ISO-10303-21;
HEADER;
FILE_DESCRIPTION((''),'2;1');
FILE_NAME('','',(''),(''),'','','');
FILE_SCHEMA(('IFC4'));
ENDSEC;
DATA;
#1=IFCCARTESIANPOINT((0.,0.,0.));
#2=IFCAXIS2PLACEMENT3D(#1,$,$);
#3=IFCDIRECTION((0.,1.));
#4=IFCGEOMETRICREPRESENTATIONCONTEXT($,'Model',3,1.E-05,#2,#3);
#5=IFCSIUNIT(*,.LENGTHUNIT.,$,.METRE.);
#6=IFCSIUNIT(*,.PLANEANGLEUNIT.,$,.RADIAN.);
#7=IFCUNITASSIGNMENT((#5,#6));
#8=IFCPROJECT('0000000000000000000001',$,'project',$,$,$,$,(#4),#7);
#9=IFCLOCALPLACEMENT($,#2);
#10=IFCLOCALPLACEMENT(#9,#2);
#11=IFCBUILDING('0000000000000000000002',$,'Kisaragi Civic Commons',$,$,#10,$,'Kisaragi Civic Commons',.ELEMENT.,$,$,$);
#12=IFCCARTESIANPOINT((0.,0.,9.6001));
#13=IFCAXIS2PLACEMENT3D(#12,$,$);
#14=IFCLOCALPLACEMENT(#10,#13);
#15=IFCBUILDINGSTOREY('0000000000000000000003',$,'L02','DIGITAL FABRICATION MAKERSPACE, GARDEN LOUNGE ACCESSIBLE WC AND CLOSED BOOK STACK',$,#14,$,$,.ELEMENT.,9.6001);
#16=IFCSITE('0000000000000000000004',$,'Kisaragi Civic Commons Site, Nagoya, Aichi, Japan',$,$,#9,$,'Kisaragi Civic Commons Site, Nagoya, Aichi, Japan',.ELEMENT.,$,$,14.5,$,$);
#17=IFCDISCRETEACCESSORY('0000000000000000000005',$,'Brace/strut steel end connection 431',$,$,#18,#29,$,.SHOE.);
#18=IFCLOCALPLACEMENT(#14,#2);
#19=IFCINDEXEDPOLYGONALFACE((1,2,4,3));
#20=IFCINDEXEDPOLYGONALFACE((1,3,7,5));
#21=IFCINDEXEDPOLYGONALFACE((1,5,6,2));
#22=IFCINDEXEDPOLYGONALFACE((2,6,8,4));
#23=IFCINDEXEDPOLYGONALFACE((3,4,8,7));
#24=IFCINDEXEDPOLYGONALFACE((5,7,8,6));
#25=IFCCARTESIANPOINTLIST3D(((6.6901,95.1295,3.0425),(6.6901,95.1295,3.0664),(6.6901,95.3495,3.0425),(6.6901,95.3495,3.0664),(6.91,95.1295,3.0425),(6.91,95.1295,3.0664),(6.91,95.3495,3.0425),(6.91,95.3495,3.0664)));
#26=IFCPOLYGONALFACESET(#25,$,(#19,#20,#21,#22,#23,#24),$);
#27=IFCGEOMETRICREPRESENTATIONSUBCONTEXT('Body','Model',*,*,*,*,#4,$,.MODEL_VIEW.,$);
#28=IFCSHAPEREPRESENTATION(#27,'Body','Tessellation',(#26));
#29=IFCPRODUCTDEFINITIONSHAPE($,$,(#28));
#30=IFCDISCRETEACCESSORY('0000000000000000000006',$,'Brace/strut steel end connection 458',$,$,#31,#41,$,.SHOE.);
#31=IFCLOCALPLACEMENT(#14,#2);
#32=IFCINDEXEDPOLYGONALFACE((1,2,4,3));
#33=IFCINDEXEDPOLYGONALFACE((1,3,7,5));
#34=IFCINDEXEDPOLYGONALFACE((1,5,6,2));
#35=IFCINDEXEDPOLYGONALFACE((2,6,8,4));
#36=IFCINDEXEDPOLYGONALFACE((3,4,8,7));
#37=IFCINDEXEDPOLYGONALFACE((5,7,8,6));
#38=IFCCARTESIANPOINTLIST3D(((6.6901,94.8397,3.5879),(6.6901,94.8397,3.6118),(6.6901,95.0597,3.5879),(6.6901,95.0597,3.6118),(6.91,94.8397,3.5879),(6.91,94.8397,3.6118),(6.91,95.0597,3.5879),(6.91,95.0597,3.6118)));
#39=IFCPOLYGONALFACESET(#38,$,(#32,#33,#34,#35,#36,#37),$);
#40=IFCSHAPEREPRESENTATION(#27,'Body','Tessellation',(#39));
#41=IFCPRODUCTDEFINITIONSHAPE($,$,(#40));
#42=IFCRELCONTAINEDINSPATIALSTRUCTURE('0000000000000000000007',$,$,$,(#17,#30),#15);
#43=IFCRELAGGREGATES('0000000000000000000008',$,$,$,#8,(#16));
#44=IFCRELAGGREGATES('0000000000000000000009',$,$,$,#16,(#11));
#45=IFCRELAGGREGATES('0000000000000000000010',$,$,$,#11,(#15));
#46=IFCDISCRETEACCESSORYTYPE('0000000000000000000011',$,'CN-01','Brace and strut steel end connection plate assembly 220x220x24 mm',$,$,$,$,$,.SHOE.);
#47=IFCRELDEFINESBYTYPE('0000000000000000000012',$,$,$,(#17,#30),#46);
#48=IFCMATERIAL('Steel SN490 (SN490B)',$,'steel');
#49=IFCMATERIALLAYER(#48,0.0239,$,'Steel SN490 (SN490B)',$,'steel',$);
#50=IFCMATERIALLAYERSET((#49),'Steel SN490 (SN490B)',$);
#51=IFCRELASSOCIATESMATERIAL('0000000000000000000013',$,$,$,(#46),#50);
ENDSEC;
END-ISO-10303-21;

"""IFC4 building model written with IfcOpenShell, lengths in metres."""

from ifc_helpers import new_model, si_unit, direction, frame, origin, origin_2d, place, context, subcontext, project, spatial, rectangle, extrude, material, layer, layer_set, type_object, element, save


model = new_model("IFC4")

# Units and contexts
model_context = context("Model", 3, precision=1e-05, world=origin(), true_north=direction((0.0, 1.0)))
body_context = subcontext(model_context, "Body", "Model", "MODEL_VIEW")
ifc_project = project(units=[si_unit("LENGTHUNIT", "METRE"), si_unit("PLANEANGLEUNIT", "RADIAN")], contexts=[model_context])

# Site, building, storey
site_placement = place(None, origin())
site = spatial("IfcSite", under=ifc_project, at=site_placement, Name="Kisaragi Civic Commons Site, Nagoya, Aichi, Japan", LongName="Kisaragi Civic Commons Site, Nagoya, Aichi, Japan", CompositionType="ELEMENT", RefElevation=14.5)
building_placement = place(site_placement, origin())
building = spatial("IfcBuilding", under=site, at=building_placement, Name="Kisaragi Civic Commons", LongName="Kisaragi Civic Commons", CompositionType="ELEMENT")
storey_placement = place(building_placement, frame((0.0, 0.0, 9.6001)))
storey = spatial("IfcBuildingStorey", under=building, at=storey_placement, Name="L02", Description="DIGITAL FABRICATION MAKERSPACE, GARDEN LOUNGE ACCESSIBLE WC AND CLOSED BOOK STACK", CompositionType="ELEMENT", Elevation=9.6001)

# Shared definitions
ifc_material_1 = material(Name="Steel SN490 (SN490B)", Category="steel")

# Discrete accessories
ifc_layer_1 = layer(ifc_material_1, 0.0239, Name="Steel SN490 (SN490B)", Category="steel")
ifc_layer_set_1 = layer_set([ifc_layer_1], Name="Steel SN490 (SN490B)")
discrete_accessory_type = type_object("IfcDiscreteAccessoryType", Name="CN-01", Description="Brace and strut steel end connection plate assembly 220x220x24 mm", PredefinedType="SHOE", material=ifc_layer_set_1)
for number, where, z_axis, x_axis, name in (
    (1, (6.8, 95.2395, 3.0425), (0.0, 0.0, 1.0), (1.0, 0.0, 0.0), "Brace/strut steel end connection 431"),
    (2, (6.8, 94.9497, 3.5879), (0.0, 0.0, 1.0), (1.0, 0.0, 0.0), "Brace/strut steel end connection 458"),
):
    element("IfcDiscreteAccessory", number, at=place(storey_placement, frame(where, z_axis=z_axis, x_axis=x_axis)), inside=storey, type_object=discrete_accessory_type, Name=name, PredefinedType="SHOE", context=body_context, shape_type="SweptSolid", body=[
        extrude(rectangle(XDim=0.22, YDim=0.22, at=origin_2d()), origin(), (0.0, 0.0, 1.0), 0.0239),
    ])

save(model, "model.ifc")
